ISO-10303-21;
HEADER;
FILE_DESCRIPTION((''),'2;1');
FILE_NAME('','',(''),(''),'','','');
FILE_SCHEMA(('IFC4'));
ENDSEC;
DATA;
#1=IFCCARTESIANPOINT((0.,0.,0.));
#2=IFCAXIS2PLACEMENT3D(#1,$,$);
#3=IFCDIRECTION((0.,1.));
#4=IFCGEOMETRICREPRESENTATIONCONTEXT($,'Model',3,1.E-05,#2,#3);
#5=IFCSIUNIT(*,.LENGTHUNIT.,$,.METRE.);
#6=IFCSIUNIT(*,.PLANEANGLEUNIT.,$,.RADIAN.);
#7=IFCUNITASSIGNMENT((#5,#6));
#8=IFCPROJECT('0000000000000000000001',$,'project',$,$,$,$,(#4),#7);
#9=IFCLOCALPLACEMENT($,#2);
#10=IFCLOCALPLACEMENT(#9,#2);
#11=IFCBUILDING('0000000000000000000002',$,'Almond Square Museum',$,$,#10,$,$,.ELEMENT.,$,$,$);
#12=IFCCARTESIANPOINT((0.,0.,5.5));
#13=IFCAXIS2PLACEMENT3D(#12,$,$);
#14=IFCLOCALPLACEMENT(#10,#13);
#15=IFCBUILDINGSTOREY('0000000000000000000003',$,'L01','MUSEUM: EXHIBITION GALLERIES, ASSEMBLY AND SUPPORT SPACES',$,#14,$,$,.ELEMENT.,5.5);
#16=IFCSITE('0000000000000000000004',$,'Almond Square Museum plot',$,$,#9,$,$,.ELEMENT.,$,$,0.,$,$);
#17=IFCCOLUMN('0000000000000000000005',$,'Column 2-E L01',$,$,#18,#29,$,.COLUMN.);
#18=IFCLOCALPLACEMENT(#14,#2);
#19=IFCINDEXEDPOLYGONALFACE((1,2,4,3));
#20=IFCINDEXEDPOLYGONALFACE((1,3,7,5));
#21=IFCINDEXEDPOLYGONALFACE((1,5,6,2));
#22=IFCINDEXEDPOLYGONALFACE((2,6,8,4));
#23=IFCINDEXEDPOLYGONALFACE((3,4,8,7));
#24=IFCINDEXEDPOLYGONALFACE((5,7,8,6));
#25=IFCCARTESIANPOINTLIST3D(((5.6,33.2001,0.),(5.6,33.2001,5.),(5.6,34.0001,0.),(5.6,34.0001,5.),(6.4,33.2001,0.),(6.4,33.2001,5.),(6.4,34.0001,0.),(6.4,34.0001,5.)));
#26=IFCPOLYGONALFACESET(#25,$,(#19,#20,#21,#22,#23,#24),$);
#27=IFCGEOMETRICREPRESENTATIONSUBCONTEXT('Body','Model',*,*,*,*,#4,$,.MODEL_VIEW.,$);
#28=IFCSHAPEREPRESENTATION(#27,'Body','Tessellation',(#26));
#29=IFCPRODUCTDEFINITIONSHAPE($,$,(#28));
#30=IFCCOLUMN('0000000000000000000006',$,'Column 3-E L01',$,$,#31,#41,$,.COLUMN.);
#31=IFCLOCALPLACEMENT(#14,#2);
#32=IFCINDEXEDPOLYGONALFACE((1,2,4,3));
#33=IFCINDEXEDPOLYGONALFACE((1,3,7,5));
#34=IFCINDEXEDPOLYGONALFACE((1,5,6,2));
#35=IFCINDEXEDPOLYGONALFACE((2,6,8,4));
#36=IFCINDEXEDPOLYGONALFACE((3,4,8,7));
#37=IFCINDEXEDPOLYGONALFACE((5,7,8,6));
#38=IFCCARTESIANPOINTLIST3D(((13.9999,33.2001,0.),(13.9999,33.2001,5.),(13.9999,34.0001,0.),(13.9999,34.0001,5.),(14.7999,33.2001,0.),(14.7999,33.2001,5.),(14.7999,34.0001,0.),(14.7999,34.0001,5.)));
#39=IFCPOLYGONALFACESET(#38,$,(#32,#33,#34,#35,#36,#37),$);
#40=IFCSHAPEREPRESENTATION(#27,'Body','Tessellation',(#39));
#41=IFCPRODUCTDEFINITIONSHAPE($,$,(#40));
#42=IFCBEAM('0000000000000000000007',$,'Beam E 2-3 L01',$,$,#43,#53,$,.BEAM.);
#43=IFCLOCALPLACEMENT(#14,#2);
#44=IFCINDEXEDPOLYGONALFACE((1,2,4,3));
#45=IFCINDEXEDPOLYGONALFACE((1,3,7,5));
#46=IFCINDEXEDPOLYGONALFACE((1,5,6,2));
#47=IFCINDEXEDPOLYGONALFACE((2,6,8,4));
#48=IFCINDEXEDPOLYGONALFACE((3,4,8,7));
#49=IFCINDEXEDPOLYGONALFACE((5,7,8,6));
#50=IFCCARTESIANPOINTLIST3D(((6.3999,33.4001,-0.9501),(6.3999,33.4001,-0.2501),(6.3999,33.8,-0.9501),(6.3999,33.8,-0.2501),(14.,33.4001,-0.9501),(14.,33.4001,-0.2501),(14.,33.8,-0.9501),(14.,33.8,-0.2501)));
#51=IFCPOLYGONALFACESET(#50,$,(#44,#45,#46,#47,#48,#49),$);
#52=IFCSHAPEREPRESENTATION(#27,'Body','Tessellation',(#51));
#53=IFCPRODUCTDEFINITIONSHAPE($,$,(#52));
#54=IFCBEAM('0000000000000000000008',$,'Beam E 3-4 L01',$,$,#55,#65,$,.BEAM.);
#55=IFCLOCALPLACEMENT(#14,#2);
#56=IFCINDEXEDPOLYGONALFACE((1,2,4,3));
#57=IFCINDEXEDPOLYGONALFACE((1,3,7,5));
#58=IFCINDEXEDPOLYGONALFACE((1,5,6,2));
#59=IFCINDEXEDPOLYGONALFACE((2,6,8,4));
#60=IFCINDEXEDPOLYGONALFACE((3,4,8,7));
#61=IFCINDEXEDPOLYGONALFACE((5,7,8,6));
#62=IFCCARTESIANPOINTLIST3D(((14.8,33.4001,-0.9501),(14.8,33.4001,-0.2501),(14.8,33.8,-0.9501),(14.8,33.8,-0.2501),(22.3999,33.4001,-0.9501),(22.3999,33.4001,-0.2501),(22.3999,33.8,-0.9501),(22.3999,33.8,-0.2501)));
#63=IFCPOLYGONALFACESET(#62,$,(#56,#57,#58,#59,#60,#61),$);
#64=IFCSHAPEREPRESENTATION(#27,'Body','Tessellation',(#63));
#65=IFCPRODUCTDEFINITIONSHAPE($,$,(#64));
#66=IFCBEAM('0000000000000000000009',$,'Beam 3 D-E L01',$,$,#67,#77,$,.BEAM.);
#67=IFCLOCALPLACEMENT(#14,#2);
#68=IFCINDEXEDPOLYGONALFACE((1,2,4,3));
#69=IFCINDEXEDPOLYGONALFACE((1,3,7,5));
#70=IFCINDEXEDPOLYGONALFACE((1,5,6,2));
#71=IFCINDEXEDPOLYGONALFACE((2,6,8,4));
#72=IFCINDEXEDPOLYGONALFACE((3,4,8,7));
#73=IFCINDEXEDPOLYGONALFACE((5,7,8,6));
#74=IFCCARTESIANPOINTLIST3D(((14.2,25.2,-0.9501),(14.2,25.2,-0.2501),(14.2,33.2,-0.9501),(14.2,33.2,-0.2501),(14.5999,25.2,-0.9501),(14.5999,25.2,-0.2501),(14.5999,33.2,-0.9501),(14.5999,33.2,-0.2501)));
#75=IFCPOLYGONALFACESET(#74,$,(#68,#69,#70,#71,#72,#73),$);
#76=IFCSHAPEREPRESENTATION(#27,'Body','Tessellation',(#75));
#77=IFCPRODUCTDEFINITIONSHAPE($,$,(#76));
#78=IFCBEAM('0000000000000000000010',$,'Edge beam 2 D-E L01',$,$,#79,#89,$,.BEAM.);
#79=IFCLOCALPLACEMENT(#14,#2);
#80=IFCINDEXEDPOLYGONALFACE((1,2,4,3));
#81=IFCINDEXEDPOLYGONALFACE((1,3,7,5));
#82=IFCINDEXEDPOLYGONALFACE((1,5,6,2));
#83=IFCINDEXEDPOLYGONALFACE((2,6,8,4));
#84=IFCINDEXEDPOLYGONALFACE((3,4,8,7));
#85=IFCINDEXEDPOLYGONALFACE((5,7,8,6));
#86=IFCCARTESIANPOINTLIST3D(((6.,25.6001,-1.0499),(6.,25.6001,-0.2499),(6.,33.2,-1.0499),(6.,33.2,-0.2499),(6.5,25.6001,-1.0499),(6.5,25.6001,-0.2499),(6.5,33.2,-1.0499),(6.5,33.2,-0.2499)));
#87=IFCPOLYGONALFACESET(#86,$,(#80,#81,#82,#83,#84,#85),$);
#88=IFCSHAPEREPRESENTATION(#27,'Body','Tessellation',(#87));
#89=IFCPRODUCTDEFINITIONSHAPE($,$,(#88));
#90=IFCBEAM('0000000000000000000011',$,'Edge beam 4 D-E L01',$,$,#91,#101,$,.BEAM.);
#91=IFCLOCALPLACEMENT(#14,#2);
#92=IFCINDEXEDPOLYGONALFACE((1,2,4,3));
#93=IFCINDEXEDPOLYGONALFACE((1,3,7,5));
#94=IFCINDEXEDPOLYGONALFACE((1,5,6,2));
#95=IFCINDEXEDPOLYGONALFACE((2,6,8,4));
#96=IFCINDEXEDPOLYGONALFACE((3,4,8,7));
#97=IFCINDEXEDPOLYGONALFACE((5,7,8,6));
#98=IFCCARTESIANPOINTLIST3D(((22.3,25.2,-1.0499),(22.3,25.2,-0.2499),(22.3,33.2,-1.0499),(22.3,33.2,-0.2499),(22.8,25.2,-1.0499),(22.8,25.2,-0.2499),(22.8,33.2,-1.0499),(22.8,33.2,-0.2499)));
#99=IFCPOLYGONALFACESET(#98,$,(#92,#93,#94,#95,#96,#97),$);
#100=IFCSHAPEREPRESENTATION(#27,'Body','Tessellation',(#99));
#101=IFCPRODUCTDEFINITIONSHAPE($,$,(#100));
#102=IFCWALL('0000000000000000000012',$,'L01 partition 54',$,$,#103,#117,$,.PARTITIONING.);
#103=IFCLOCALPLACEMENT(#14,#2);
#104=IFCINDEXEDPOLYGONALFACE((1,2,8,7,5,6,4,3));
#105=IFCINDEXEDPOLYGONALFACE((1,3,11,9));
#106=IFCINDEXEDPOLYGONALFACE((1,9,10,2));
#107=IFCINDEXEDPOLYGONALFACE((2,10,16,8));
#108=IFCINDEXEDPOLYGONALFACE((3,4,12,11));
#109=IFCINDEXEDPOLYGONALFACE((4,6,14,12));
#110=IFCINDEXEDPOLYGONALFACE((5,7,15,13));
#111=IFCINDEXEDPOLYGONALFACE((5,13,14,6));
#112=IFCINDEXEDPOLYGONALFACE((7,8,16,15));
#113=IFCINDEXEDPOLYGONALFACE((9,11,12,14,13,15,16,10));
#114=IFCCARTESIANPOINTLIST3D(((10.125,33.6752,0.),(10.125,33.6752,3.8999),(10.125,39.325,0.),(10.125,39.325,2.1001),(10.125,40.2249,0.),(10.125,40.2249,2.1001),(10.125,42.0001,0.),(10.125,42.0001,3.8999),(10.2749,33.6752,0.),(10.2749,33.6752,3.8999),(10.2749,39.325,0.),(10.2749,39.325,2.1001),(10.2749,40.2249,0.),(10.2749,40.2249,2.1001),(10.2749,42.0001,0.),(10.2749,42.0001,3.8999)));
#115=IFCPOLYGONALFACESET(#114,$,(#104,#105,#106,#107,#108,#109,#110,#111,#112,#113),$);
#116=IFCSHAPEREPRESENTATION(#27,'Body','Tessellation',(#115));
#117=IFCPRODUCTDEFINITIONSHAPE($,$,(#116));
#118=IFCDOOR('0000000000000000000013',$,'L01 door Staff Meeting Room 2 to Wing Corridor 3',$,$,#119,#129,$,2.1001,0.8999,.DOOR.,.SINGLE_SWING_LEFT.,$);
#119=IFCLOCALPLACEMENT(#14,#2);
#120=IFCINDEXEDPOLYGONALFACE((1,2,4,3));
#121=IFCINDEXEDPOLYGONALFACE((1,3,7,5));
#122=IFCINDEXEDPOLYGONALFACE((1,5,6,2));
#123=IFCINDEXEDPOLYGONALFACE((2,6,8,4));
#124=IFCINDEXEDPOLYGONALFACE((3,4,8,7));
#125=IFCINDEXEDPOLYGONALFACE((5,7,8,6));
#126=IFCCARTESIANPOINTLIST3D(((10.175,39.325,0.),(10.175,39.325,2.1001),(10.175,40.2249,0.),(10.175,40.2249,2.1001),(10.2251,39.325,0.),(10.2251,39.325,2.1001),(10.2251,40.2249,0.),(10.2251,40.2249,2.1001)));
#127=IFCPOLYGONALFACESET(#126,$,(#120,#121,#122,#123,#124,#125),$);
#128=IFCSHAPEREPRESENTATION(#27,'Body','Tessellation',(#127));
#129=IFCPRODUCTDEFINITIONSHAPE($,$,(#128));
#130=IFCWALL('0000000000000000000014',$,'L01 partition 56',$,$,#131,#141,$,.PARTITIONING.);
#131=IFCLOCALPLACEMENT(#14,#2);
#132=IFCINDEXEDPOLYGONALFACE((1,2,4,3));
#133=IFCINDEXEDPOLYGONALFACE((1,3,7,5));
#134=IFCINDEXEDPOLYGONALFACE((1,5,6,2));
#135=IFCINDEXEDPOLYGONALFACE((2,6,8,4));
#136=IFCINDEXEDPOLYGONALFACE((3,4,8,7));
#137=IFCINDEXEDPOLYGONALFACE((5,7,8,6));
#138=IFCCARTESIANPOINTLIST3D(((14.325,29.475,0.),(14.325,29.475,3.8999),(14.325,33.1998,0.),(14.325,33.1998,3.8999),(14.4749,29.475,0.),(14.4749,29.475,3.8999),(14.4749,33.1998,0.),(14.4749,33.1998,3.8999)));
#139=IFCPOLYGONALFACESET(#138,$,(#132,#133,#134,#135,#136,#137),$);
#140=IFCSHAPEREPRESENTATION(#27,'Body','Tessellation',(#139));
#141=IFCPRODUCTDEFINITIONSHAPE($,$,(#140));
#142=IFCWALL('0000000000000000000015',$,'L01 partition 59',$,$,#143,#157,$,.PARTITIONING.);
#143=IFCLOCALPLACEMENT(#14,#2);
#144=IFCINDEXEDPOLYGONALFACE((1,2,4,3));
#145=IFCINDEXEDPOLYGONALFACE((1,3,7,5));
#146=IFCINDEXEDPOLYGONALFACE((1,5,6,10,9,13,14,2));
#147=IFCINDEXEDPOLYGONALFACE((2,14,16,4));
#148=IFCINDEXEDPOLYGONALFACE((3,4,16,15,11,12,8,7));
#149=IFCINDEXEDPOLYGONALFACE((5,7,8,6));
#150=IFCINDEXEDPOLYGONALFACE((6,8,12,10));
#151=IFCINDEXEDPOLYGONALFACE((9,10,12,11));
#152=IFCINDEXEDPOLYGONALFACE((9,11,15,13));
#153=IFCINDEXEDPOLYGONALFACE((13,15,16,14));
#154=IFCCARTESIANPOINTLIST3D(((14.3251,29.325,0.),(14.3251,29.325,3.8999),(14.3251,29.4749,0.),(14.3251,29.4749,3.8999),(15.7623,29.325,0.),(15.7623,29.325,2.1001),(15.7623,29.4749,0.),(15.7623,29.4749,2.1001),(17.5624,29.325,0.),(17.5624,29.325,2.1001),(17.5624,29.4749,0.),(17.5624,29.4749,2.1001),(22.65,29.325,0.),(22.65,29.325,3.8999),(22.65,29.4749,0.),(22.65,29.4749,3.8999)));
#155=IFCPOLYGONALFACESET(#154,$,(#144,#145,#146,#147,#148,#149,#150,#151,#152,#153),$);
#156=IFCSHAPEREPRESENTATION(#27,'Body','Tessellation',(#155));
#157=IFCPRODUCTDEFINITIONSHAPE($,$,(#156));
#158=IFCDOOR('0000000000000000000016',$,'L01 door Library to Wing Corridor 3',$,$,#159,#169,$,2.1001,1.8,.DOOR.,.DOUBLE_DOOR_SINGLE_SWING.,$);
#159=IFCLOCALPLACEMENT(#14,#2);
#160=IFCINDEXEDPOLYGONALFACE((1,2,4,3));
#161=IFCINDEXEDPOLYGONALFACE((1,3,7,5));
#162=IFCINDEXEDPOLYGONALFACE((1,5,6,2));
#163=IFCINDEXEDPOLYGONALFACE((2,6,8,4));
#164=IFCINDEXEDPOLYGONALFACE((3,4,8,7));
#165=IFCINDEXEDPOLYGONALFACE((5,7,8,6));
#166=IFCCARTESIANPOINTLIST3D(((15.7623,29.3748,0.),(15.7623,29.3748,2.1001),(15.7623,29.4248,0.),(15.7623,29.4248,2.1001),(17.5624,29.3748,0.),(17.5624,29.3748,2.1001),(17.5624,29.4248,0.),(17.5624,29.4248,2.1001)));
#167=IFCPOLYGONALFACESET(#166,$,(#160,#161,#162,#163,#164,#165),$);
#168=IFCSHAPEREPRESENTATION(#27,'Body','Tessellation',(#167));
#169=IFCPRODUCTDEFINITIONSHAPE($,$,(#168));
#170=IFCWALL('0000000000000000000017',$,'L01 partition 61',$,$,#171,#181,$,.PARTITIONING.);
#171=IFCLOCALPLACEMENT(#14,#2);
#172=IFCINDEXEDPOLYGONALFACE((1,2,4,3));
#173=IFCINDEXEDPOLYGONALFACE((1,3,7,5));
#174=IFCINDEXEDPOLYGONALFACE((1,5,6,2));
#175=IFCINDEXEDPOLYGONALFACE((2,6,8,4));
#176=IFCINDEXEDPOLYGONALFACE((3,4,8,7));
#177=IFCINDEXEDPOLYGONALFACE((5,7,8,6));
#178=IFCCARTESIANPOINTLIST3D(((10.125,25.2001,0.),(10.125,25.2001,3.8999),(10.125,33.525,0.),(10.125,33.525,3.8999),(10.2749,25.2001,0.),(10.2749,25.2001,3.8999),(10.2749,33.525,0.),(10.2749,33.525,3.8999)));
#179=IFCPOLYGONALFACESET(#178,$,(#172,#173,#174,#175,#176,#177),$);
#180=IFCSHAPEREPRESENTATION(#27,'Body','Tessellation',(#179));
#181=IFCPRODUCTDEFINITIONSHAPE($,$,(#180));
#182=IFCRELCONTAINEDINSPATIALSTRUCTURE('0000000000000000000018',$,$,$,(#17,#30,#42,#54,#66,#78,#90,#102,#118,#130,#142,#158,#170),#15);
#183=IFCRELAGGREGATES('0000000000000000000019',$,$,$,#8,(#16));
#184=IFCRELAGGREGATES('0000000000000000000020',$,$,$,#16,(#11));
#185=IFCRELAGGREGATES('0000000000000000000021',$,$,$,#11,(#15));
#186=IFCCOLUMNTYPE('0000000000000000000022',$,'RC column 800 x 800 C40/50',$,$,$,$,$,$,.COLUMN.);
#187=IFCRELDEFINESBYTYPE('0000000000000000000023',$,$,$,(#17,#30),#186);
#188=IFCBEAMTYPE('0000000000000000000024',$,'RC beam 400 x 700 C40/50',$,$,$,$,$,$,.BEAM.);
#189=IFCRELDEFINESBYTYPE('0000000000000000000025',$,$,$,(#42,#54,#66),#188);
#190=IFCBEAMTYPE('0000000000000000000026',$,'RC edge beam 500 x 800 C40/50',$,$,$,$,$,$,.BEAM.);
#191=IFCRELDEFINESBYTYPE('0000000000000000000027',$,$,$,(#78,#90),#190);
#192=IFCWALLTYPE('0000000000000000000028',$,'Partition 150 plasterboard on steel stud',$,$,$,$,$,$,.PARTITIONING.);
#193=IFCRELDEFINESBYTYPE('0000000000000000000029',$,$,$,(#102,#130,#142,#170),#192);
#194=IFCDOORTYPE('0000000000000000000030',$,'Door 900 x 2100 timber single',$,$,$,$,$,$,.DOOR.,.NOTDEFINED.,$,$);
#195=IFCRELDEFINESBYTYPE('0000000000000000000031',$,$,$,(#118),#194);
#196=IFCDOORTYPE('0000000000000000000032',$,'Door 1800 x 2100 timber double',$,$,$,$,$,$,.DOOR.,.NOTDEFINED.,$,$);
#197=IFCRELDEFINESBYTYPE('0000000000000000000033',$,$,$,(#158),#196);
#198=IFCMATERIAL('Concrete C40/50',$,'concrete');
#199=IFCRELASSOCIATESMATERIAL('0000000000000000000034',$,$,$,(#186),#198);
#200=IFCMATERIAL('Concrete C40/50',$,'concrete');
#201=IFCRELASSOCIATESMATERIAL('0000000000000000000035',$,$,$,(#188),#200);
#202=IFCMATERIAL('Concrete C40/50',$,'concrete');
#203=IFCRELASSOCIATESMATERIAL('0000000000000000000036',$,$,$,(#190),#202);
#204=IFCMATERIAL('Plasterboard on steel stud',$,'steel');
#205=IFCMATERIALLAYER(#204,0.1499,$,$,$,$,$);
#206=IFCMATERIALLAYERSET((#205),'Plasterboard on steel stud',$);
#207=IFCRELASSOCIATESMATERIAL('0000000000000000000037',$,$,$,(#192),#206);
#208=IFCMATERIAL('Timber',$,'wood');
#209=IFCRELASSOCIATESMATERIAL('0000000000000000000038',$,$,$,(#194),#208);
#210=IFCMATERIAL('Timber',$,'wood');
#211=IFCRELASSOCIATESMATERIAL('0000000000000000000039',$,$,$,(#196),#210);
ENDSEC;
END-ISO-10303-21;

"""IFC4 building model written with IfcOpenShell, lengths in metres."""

from ifc_helpers import new_model, si_unit, direction, frame, frame_2d, origin, origin_2d, place, context, subcontext, project, spatial, rectangle, extrude, material, layer, layer_set, material_profile, profile_set, type_object, element, fill, save


model = new_model("IFC4")

# Units and contexts
model_context = context("Model", 3, precision=1e-05, world=origin(), true_north=direction((0.0, 1.0)))
body_context = subcontext(model_context, "Body", "Model", "MODEL_VIEW")
ifc_project = project(units=[si_unit("LENGTHUNIT", "METRE"), si_unit("PLANEANGLEUNIT", "RADIAN")], contexts=[model_context])

# Site, building, storey
site_placement = place(None, origin())
site = spatial("IfcSite", under=ifc_project, at=site_placement, Name="Almond Square Museum plot", CompositionType="ELEMENT", RefElevation=0.0)
building_placement = place(site_placement, origin())
building = spatial("IfcBuilding", under=site, at=building_placement, Name="Almond Square Museum", CompositionType="ELEMENT")
storey_placement = place(building_placement, frame((0.0, 0.0, 5.5)))
storey = spatial("IfcBuildingStorey", under=building, at=storey_placement, Name="L01", Description="MUSEUM: EXHIBITION GALLERIES, ASSEMBLY AND SUPPORT SPACES", CompositionType="ELEMENT", Elevation=5.5)

# Columns
ifc_material_1 = material(Name="Concrete C40/50", Category="concrete")
ifc_material_profile_1 = material_profile(ifc_material_1, rectangle(XDim=0.8, YDim=0.8, at=origin_2d()))
ifc_profile_set_1 = profile_set([ifc_material_profile_1], Name="Concrete C40/50")
column_type = type_object("IfcColumnType", Name="RC column 800 x 800 C40/50", PredefinedType="COLUMN", material=ifc_profile_set_1)
for number, where, z_axis, x_axis, name in (
    (1, (6.0, 33.6001, 0.0), (0.0, 0.0, 1.0), (1.0, 0.0, 0.0), "Column 2-E L01"),
    (2, (14.3999, 33.6001, 0.0), (0.0, 0.0, 1.0), (1.0, 0.0, 0.0), "Column 3-E L01"),
):
    element("IfcColumn", number, at=place(storey_placement, frame(where, z_axis=z_axis, x_axis=x_axis)), inside=storey, type_object=column_type, Name=name, PredefinedType="COLUMN", context=body_context, shape_type="SweptSolid", body=[
        extrude(rectangle(XDim=0.8, YDim=0.8, at=origin_2d()), origin(), (0.0, 0.0, 1.0), 5.0),
    ])

# Beams
ifc_material_2 = material(Name="Concrete C40/50", Category="concrete")
ifc_material_profile_2 = material_profile(ifc_material_2, rectangle(XDim=0.3999, YDim=0.7, at=origin_2d()))
ifc_profile_set_2 = profile_set([ifc_material_profile_2], Name="Concrete C40/50")
beam_type_1 = type_object("IfcBeamType", Name="RC beam 400 x 700 C40/50", PredefinedType="BEAM", material=ifc_profile_set_2)
beam_1_placement = place(storey_placement, frame((6.3999, 33.6001, -0.6001), z_axis=(1.0, 0.0, 0.0), x_axis=(0.0, 1.0, 0.0)))
element("IfcBeam", 3, at=beam_1_placement, inside=storey, type_object=beam_type_1, Name="Beam E 2-3 L01", PredefinedType="BEAM", context=body_context, shape_type="SweptSolid", body=[
    extrude(rectangle(XDim=0.3999, YDim=0.7, at=origin_2d()), origin(), (0.0, 0.0, 1.0), 7.6001),
])
beam_2_placement = place(storey_placement, frame((14.8, 33.6001, -0.6001), z_axis=(1.0, 0.0, 0.0), x_axis=(0.0, 1.0, 0.0)))
element("IfcBeam", 4, at=beam_2_placement, inside=storey, type_object=beam_type_1, Name="Beam E 3-4 L01", PredefinedType="BEAM", context=body_context, shape_type="SweptSolid", body=[
    extrude(rectangle(XDim=0.3999, YDim=0.7, at=origin_2d()), origin(), (0.0, 0.0, 1.0), 7.5999),
])
beam_3_placement = place(storey_placement, frame((14.3999, 25.2, -0.6001), z_axis=(0.0, 1.0, 0.0), x_axis=(-1.0, 0.0, 0.0)))
element("IfcBeam", 5, at=beam_3_placement, inside=storey, type_object=beam_type_1, Name="Beam 3 D-E L01", PredefinedType="BEAM", context=body_context, shape_type="SweptSolid", body=[
    extrude(rectangle(XDim=0.3999, YDim=0.7, at=origin_2d()), origin(), (0.0, 0.0, 1.0), 8.0),
])
ifc_material_3 = material(Name="Concrete C40/50", Category="concrete")
ifc_material_profile_3 = material_profile(ifc_material_3, rectangle(XDim=0.5, YDim=0.8, at=origin_2d()))
ifc_profile_set_3 = profile_set([ifc_material_profile_3], Name="Concrete C40/50")
beam_type_2 = type_object("IfcBeamType", Name="RC edge beam 500 x 800 C40/50", PredefinedType="BEAM", material=ifc_profile_set_3)
beam_4_placement = place(storey_placement, frame((6.25, 25.6001, -0.6499), z_axis=(0.0, 1.0, 0.0), x_axis=(-1.0, 0.0, 0.0)))
element("IfcBeam", 6, at=beam_4_placement, inside=storey, type_object=beam_type_2, Name="Edge beam 2 D-E L01", PredefinedType="BEAM", context=body_context, shape_type="SweptSolid", body=[
    extrude(rectangle(XDim=0.5, YDim=0.8, at=origin_2d()), origin(), (0.0, 0.0, 1.0), 7.5999),
])
beam_5_placement = place(storey_placement, frame((22.55, 25.2, -0.6499), z_axis=(0.0, 1.0, 0.0), x_axis=(-1.0, 0.0, 0.0)))
element("IfcBeam", 7, at=beam_5_placement, inside=storey, type_object=beam_type_2, Name="Edge beam 4 D-E L01", PredefinedType="BEAM", context=body_context, shape_type="SweptSolid", body=[
    extrude(rectangle(XDim=0.5, YDim=0.8, at=origin_2d()), origin(), (0.0, 0.0, 1.0), 8.0),
])

# Wall, opening, door
ifc_material_4 = material(Name="Plasterboard on steel stud", Category="steel")
ifc_layer_1 = layer(ifc_material_4, 0.1499)
ifc_layer_set_1 = layer_set([ifc_layer_1], Name="Plasterboard on steel stud")
wall_type_1 = type_object("IfcWallType", Name="Partition 150 plasterboard on steel stud", PredefinedType="PARTITIONING", material=ifc_layer_set_1)
wall_1_placement = place(storey_placement, frame((10.2, 33.675, 0.0), z_axis=(0.0, 0.0, 1.0), x_axis=(0.0, 1.0, 0.0)))
wall_1 = element("IfcWall", 8, at=wall_1_placement, inside=storey, type_object=wall_type_1, Name="L01 partition 54", PredefinedType="PARTITIONING", context=body_context, shape_type="SweptSolid", body=[
    extrude(rectangle(XDim=8.325, YDim=0.1499, at=frame_2d((4.1626, 0.0))), origin(), (0.0, 0.0, 1.0), 3.8999),
])
opening_1_placement = place(wall_1_placement, frame((5.6499, 0.0, 0.0)))
opening_1 = element("IfcOpeningElement", 9, at=opening_1_placement, cuts=wall_1, PredefinedType="OPENING", context=body_context, shape_type="SweptSolid", body=[
    extrude(rectangle(XDim=0.8999, YDim=2.1001, at=frame_2d((0.45, 1.05))), frame((0.0, 0.085, 0.0), z_axis=(0.0, -1.0, 0.0), x_axis=(1.0, 0.0, 0.0)), (0.0, 0.0, 1.0), 0.1699),
])
ifc_material_5 = material(Name="Timber", Category="wood")
door_type_1 = type_object("IfcDoorType", Name="Door 900 x 2100 timber single", OperationType="NOTDEFINED", PredefinedType="DOOR", material=ifc_material_5)
door_1_placement = place(opening_1_placement, origin())
door_1 = element("IfcDoor", 10, at=door_1_placement, inside=storey, type_object=door_type_1, Name="L01 door Staff Meeting Room 2 to Wing Corridor 3", OperationType="SINGLE_SWING_LEFT", OverallHeight=2.1001, OverallWidth=0.8999, PredefinedType="DOOR", context=body_context, shape_type="SweptSolid", body=[
    extrude(rectangle(XDim=0.8999, YDim=2.1001, at=frame_2d((0.45, 1.05))), frame((0.0, 0.0249, 0.0), z_axis=(0.0, -1.0, 0.0), x_axis=(1.0, 0.0, 0.0)), (0.0, 0.0, 1.0), 0.05),
])
fill(opening_1, door_1)

# Wall
wall_2_placement = place(storey_placement, frame((14.3999, 29.4751, 0.0), z_axis=(0.0, 0.0, 1.0), x_axis=(0.0, 1.0, 0.0)))
element("IfcWall", 11, at=wall_2_placement, inside=storey, type_object=wall_type_1, Name="L01 partition 56", PredefinedType="PARTITIONING", context=body_context, shape_type="SweptSolid", body=[
    extrude(rectangle(XDim=3.7249, YDim=0.1499, at=frame_2d((1.8623, 0.0))), origin(), (0.0, 0.0, 1.0), 3.8999),
])

# Wall, opening, door
wall_3_placement = place(storey_placement, frame((14.325, 29.3999, 0.0), z_axis=(0.0, 0.0, 1.0), x_axis=(1.0, 0.0, 0.0)))
wall_3 = element("IfcWall", 12, at=wall_3_placement, inside=storey, type_object=wall_type_1, Name="L01 partition 59", PredefinedType="PARTITIONING", context=body_context, shape_type="SweptSolid", body=[
    extrude(rectangle(XDim=8.325, YDim=0.1499, at=frame_2d((4.1626, 0.0))), origin(), (0.0, 0.0, 1.0), 3.8999),
])
opening_2_placement = place(wall_3_placement, frame((1.4375, 0.0, 0.0)))
opening_2 = element("IfcOpeningElement", 13, at=opening_2_placement, cuts=wall_3, PredefinedType="OPENING", context=body_context, shape_type="SweptSolid", body=[
    extrude(rectangle(XDim=1.8, YDim=2.1001, at=frame_2d((0.8999, 1.05))), frame((0.0, 0.085, 0.0), z_axis=(0.0, -1.0, 0.0), x_axis=(1.0, 0.0, 0.0)), (0.0, 0.0, 1.0), 0.1699),
])
ifc_material_6 = material(Name="Timber", Category="wood")
door_type_2 = type_object("IfcDoorType", Name="Door 1800 x 2100 timber double", OperationType="NOTDEFINED", PredefinedType="DOOR", material=ifc_material_6)
door_2_placement = place(opening_2_placement, origin())
door_2 = element("IfcDoor", 14, at=door_2_placement, inside=storey, type_object=door_type_2, Name="L01 door Library to Wing Corridor 3", OperationType="DOUBLE_DOOR_SINGLE_SWING", OverallHeight=2.1001, OverallWidth=1.8, PredefinedType="DOOR", context=body_context, shape_type="SweptSolid", body=[
    extrude(rectangle(XDim=1.8, YDim=2.1001, at=frame_2d((0.8999, 1.05))), frame((0.0, 0.0249, 0.0), z_axis=(0.0, -1.0, 0.0), x_axis=(1.0, 0.0, 0.0)), (0.0, 0.0, 1.0), 0.05),
])
fill(opening_2, door_2)

# Wall
wall_4_placement = place(storey_placement, frame((10.2, 25.2, 0.0), z_axis=(0.0, 0.0, 1.0), x_axis=(0.0, 1.0, 0.0)))
element("IfcWall", 15, at=wall_4_placement, inside=storey, type_object=wall_type_1, Name="L01 partition 61", PredefinedType="PARTITIONING", context=body_context, shape_type="SweptSolid", body=[
    extrude(rectangle(XDim=8.325, YDim=0.1499, at=frame_2d((4.1626, 0.0))), origin(), (0.0, 0.0, 1.0), 3.8999),
])

save(model, "model.ifc")
